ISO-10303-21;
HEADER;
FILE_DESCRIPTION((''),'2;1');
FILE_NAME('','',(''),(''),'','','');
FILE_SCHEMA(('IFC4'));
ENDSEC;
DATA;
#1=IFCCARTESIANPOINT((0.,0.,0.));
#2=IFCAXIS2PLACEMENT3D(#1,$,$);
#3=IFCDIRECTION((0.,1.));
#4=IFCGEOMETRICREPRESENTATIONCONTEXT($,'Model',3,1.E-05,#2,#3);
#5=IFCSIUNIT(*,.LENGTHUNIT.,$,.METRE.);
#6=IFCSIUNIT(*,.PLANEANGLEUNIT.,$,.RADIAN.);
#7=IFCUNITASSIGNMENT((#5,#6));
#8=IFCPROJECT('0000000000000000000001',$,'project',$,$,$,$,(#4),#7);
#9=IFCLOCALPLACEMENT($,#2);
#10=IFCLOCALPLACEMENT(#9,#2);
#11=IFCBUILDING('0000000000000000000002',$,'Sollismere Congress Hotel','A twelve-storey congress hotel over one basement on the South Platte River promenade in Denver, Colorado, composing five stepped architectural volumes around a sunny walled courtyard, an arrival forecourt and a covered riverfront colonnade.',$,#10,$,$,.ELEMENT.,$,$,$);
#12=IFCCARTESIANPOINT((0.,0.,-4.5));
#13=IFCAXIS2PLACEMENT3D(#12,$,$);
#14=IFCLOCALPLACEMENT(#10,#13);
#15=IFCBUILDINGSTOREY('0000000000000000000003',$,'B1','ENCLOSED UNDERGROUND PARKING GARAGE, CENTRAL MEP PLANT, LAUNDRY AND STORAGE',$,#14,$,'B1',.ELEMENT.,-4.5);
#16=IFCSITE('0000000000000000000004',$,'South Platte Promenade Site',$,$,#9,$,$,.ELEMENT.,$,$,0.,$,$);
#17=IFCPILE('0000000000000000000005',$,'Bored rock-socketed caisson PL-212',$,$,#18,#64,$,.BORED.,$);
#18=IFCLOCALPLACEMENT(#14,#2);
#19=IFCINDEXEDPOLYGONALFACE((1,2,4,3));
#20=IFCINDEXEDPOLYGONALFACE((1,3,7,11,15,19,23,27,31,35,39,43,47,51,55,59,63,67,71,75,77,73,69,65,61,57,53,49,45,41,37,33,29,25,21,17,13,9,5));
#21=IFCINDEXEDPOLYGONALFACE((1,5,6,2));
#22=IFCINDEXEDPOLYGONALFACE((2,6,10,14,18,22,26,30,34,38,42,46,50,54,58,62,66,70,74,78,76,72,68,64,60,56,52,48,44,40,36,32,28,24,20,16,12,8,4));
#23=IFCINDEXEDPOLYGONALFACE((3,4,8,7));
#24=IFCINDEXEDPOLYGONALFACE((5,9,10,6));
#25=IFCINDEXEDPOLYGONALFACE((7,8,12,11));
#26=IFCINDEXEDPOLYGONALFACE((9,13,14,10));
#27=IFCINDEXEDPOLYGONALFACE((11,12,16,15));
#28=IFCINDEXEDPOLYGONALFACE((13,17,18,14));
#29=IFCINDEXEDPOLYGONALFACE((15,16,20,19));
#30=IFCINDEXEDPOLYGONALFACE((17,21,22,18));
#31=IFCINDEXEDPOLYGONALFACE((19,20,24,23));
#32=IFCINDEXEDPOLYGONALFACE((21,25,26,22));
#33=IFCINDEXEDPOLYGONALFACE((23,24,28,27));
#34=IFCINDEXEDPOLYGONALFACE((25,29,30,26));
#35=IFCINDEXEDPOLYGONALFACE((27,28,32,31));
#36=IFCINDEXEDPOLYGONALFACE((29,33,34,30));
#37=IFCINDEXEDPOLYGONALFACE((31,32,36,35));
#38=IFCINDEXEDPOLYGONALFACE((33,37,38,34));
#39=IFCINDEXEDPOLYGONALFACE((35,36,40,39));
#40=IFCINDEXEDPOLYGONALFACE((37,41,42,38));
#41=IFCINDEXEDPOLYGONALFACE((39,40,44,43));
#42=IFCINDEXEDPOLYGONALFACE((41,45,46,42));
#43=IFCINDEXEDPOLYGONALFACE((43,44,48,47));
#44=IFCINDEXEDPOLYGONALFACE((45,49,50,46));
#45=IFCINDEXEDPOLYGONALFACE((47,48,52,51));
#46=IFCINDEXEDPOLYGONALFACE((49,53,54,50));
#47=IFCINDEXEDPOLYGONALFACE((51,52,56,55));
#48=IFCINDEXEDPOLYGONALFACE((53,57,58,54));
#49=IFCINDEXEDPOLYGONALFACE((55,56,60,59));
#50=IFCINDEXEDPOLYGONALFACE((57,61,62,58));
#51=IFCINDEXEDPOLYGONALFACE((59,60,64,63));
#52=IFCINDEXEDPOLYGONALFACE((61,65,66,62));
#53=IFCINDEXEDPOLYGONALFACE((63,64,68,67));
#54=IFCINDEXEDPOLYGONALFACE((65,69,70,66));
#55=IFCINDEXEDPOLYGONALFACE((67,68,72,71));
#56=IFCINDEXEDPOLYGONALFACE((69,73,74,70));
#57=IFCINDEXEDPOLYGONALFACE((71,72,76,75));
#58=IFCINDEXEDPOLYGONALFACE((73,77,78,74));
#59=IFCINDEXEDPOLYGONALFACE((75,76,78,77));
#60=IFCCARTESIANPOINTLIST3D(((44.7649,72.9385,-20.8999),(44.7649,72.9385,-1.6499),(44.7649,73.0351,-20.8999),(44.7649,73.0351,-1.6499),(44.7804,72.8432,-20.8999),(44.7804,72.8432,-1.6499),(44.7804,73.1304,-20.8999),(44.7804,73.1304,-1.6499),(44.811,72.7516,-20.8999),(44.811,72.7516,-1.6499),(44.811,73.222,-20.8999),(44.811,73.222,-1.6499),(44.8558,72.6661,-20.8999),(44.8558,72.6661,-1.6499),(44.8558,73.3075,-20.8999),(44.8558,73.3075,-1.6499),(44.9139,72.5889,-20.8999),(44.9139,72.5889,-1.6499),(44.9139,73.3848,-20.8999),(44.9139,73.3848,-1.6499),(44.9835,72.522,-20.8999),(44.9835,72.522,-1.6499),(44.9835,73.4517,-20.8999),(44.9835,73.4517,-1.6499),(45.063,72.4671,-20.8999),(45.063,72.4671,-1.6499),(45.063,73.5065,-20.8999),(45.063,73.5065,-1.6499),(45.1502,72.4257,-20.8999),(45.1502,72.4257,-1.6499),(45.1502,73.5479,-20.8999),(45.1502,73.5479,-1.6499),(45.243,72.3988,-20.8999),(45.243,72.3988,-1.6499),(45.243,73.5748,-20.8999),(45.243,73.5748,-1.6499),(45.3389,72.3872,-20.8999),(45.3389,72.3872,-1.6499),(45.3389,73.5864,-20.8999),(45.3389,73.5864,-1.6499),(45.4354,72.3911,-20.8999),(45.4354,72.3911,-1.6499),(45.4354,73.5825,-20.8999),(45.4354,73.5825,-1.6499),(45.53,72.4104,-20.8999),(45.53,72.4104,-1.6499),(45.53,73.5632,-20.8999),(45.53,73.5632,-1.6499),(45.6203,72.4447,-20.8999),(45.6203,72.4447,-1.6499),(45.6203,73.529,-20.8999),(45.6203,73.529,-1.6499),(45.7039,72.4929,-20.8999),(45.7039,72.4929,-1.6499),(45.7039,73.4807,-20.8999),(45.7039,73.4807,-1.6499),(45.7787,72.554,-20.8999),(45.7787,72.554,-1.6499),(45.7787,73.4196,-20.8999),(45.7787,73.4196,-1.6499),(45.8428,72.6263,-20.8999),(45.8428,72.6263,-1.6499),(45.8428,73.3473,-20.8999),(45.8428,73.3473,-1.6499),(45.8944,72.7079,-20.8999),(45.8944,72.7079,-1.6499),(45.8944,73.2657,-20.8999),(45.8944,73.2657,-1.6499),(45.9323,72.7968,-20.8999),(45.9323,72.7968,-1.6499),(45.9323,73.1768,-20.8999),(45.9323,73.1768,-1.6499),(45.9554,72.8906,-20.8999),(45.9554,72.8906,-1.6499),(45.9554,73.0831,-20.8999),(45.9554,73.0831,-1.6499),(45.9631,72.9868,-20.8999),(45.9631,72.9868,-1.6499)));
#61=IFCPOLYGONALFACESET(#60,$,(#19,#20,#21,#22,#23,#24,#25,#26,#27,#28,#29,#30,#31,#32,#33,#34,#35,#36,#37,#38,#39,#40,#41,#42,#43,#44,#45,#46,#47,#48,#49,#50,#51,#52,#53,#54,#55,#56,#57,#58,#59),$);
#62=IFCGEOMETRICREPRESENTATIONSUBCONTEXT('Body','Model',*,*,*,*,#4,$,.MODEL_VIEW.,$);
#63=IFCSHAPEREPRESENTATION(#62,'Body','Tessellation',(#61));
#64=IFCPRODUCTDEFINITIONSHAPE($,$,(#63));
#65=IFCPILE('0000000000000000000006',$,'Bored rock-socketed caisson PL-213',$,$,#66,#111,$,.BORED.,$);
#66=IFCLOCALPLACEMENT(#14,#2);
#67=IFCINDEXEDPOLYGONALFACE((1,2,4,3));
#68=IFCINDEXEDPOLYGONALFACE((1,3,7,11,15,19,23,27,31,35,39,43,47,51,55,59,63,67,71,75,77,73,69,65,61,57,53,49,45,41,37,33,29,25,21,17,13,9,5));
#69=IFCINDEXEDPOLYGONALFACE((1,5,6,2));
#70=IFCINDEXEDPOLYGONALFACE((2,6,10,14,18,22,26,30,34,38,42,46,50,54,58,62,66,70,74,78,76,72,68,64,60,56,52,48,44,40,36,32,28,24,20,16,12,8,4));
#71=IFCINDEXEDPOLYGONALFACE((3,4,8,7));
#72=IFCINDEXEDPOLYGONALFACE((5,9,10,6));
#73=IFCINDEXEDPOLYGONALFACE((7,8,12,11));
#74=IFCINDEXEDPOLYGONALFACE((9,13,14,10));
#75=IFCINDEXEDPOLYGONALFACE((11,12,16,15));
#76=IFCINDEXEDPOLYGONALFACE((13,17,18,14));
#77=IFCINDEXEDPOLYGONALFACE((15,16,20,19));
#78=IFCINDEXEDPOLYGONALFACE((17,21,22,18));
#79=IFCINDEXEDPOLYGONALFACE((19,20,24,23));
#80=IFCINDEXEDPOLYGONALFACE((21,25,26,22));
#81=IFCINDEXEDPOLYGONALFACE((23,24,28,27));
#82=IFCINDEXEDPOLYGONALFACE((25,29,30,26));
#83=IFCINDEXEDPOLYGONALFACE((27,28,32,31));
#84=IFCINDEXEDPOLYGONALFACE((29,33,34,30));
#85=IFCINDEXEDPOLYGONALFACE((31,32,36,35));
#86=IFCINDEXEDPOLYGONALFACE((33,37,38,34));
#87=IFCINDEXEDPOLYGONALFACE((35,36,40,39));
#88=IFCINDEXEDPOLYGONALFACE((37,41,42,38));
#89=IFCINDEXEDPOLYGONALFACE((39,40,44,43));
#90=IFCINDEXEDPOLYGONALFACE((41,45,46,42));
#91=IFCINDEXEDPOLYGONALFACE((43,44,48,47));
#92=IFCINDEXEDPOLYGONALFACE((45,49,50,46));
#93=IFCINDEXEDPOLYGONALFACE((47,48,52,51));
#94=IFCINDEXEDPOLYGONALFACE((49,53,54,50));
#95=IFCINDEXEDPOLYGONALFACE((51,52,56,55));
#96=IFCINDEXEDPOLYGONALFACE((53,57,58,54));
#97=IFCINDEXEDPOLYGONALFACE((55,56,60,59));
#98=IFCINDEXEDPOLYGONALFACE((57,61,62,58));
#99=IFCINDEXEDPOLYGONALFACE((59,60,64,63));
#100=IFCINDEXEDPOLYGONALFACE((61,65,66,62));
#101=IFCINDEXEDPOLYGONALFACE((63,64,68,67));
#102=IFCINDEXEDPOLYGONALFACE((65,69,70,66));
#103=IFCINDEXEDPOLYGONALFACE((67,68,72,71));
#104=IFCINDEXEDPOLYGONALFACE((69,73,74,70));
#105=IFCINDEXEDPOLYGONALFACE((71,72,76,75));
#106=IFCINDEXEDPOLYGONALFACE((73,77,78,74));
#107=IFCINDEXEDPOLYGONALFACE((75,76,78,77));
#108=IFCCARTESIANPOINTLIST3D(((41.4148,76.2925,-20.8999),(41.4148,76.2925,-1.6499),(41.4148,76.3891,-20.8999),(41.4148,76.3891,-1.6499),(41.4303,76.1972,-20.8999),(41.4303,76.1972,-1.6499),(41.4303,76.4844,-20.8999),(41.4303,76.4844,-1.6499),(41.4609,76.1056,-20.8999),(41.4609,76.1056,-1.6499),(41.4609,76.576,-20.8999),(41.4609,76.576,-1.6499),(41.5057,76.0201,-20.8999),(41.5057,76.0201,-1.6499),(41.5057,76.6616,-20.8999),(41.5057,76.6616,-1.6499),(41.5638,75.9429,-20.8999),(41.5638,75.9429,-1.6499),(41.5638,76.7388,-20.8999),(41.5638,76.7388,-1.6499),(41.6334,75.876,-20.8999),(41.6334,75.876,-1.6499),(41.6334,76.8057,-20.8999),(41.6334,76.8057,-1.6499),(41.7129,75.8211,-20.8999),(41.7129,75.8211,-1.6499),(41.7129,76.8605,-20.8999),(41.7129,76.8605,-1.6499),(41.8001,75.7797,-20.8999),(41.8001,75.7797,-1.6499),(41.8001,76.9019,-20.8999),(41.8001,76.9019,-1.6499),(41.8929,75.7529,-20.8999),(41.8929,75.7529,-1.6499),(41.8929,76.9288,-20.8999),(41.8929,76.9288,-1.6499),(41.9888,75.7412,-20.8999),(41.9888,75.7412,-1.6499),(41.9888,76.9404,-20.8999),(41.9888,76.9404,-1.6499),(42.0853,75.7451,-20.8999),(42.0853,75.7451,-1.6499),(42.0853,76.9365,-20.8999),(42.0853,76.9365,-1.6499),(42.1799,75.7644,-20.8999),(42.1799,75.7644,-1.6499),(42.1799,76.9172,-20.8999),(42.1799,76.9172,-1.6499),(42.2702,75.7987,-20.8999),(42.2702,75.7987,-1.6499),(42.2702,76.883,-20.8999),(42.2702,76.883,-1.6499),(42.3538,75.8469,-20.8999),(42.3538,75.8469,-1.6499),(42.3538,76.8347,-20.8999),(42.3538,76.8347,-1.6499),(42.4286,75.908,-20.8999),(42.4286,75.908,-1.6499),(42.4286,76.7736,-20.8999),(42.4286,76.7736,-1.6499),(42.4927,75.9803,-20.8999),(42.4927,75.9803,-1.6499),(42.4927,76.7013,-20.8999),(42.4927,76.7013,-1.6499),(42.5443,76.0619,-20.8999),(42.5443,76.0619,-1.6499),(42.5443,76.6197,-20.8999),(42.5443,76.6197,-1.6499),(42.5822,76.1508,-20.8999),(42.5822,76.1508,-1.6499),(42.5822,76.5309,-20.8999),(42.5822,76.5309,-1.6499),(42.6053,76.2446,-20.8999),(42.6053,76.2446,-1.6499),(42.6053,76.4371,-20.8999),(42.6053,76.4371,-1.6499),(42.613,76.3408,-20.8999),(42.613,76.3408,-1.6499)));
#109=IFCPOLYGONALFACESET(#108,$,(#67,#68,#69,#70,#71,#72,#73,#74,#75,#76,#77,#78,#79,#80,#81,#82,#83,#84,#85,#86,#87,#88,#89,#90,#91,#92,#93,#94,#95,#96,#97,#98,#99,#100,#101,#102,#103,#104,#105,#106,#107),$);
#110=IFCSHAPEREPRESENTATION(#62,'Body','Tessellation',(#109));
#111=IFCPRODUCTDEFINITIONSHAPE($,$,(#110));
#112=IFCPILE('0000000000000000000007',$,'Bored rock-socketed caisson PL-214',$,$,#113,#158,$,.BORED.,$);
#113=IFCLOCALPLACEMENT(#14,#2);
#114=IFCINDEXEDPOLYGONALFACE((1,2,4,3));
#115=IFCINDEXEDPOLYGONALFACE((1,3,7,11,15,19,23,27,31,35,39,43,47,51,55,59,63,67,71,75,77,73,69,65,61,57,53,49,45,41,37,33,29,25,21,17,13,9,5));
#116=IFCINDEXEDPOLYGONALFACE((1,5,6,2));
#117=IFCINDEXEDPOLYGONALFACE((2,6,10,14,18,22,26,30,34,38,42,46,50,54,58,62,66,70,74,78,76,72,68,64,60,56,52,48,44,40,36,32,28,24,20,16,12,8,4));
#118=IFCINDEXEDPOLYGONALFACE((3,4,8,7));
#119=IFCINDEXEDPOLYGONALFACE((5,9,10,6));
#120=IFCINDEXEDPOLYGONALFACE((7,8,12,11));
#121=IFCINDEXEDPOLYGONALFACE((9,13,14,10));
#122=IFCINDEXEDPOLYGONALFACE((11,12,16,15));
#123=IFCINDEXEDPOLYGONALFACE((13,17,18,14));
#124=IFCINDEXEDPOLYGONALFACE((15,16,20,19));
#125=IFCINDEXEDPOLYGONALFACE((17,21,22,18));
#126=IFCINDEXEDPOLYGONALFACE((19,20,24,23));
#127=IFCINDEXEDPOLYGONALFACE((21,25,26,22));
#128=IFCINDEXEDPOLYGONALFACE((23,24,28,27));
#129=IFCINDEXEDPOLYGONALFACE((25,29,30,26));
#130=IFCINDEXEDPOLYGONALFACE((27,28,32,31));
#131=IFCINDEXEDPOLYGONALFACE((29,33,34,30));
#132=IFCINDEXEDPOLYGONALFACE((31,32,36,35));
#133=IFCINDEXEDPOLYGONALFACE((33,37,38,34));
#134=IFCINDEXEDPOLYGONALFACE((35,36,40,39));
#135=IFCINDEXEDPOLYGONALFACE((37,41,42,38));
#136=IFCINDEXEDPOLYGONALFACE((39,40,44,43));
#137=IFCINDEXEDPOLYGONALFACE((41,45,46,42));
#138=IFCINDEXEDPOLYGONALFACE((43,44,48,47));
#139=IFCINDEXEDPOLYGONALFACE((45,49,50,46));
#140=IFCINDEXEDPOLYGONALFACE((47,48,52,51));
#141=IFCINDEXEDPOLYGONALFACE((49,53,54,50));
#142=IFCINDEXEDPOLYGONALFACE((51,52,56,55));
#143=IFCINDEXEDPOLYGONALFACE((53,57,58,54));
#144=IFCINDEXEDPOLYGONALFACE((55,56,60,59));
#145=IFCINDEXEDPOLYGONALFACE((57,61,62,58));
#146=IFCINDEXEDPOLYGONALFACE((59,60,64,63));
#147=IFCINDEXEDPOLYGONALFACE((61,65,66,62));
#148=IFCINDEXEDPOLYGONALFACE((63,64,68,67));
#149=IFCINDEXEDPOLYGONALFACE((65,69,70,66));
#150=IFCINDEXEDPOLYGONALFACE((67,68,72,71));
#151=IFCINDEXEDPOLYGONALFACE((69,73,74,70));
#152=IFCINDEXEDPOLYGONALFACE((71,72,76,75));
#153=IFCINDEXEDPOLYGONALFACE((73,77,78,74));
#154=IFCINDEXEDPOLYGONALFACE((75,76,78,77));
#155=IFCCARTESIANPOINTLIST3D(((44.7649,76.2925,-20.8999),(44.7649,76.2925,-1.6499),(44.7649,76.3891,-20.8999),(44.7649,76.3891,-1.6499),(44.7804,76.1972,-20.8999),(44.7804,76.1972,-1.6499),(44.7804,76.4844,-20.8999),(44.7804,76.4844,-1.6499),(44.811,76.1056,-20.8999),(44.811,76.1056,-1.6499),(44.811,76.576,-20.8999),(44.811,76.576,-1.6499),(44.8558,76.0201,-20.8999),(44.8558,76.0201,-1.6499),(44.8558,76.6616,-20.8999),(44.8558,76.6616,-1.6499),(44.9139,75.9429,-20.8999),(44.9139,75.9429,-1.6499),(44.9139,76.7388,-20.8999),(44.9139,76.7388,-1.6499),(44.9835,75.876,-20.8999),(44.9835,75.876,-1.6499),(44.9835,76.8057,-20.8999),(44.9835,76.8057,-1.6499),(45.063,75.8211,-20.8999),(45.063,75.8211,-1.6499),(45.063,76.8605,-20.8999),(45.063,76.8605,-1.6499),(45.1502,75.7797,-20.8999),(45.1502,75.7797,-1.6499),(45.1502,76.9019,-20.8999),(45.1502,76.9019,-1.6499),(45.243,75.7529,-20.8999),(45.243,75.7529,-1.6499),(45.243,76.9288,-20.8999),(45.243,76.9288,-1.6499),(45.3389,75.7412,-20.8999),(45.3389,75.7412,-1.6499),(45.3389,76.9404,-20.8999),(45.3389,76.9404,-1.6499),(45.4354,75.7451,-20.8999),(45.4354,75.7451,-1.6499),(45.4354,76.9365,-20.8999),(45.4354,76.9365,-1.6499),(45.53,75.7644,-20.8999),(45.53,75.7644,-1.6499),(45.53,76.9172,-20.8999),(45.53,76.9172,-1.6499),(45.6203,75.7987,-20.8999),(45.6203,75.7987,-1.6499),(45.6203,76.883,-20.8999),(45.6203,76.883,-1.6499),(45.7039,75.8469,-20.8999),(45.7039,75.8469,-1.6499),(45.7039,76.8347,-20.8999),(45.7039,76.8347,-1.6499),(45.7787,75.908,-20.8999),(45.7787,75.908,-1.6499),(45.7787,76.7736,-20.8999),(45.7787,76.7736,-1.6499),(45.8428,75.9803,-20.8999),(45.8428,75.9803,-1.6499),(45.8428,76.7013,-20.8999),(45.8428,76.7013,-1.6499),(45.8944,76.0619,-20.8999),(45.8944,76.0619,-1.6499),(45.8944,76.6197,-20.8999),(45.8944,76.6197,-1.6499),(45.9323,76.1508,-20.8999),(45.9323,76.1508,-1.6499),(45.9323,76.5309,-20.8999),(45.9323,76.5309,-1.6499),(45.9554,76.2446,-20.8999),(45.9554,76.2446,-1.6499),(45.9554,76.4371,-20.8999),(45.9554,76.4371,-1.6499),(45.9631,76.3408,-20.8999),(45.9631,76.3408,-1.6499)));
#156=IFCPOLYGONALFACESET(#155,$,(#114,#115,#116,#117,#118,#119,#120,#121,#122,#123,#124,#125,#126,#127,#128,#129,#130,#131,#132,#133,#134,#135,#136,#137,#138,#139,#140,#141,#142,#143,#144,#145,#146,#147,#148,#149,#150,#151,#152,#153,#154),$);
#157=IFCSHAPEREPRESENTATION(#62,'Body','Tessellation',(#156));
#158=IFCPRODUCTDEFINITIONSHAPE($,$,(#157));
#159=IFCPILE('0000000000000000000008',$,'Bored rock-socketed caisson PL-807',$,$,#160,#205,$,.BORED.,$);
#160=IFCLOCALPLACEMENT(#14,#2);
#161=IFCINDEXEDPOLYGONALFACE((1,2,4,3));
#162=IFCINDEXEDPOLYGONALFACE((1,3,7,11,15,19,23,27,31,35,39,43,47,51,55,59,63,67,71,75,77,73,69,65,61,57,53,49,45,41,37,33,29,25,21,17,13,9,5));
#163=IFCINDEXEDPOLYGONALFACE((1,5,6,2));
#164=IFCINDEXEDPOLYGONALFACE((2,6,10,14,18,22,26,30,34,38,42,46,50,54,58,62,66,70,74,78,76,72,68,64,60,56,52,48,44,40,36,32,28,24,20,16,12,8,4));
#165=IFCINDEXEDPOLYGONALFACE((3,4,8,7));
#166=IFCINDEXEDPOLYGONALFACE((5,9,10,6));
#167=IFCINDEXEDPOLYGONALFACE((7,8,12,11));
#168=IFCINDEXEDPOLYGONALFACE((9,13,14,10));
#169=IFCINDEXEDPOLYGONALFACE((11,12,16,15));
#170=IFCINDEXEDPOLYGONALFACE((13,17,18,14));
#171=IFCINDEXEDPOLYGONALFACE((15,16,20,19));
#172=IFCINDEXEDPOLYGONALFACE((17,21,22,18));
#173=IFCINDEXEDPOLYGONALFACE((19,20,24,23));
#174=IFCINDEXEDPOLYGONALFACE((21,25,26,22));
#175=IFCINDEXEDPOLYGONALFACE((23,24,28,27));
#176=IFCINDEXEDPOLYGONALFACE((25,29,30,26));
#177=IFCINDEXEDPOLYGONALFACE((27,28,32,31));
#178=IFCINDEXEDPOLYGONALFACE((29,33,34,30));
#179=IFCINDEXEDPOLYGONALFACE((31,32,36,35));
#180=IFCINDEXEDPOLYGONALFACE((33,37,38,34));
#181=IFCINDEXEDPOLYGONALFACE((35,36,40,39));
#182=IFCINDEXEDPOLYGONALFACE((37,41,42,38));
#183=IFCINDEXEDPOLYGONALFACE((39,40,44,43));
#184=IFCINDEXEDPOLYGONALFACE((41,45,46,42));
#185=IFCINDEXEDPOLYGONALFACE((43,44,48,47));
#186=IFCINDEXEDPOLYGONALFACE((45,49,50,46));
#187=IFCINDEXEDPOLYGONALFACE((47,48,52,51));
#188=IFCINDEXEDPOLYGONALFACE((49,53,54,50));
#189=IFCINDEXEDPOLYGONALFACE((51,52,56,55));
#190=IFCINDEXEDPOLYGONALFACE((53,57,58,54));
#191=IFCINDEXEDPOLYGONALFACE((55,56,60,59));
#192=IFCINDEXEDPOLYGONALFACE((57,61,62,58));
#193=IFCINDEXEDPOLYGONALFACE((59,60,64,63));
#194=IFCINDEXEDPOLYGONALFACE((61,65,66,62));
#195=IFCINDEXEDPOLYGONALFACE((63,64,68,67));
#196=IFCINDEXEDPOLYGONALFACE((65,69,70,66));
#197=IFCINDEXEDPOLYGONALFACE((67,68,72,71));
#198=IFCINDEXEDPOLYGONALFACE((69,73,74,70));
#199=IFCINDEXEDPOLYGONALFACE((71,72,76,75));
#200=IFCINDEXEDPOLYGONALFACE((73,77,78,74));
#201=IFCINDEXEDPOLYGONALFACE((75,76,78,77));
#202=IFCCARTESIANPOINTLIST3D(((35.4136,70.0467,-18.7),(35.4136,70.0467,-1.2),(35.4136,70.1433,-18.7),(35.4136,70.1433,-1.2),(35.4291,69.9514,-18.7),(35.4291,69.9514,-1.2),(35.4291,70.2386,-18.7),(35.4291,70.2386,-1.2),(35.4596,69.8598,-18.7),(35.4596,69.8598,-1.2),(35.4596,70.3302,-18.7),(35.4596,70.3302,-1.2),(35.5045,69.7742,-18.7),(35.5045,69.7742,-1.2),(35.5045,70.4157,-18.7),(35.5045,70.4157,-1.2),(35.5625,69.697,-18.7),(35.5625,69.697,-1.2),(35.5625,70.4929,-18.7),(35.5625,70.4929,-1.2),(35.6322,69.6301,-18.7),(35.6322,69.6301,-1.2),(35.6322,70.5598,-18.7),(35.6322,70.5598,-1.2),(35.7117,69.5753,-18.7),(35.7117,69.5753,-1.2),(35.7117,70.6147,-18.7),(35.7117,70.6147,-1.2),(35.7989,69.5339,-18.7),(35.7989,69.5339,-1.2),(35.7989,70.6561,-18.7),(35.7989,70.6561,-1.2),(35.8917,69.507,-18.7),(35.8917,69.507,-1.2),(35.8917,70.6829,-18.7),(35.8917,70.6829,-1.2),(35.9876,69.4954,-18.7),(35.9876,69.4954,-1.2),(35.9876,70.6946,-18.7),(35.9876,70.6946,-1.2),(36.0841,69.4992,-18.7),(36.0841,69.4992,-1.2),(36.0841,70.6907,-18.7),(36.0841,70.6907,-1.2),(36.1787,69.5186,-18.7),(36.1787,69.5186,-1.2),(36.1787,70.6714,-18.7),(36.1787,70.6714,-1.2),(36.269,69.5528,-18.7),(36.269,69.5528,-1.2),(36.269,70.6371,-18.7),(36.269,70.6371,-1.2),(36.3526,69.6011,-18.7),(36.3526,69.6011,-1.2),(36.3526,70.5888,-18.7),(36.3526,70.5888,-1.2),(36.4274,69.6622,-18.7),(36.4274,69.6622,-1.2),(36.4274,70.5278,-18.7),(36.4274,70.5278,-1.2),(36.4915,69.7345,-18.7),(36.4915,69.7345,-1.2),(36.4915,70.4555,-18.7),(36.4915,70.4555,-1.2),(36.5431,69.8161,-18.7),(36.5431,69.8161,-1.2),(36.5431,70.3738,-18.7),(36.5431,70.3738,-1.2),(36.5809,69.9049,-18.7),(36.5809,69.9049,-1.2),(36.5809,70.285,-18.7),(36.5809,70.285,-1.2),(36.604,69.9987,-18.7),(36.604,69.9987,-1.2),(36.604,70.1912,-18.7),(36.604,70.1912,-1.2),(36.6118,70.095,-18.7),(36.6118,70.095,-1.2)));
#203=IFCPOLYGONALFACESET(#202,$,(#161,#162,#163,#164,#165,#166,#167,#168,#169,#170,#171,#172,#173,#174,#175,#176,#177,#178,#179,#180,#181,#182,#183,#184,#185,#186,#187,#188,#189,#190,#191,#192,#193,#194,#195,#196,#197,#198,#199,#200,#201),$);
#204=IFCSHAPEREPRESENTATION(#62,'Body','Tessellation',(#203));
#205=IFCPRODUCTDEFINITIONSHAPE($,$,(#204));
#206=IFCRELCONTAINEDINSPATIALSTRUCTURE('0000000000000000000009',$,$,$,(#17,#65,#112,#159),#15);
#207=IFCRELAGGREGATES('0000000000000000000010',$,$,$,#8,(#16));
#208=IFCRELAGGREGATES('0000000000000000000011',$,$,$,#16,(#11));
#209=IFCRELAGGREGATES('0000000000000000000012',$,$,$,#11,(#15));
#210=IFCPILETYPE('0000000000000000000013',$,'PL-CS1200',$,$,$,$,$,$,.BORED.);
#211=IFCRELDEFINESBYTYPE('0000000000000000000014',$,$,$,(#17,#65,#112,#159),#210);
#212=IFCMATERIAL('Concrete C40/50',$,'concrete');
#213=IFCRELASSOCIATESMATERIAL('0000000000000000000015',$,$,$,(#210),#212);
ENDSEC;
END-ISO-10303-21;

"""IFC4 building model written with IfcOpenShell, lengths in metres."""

from ifc_helpers import new_model, si_unit, direction, frame, origin, origin_2d, place, context, subcontext, project, spatial, circle, extrude, material, material_profile, profile_set, type_object, element, save


model = new_model("IFC4")

# Units and contexts
model_context = context("Model", 3, precision=1e-05, world=origin(), true_north=direction((0.0, 1.0)))
body_context = subcontext(model_context, "Body", "Model", "MODEL_VIEW")
ifc_project = project(units=[si_unit("LENGTHUNIT", "METRE"), si_unit("PLANEANGLEUNIT", "RADIAN")], contexts=[model_context])

# Site, building, storey
site_placement = place(None, origin())
site = spatial("IfcSite", under=ifc_project, at=site_placement, Name="South Platte Promenade Site", CompositionType="ELEMENT", RefElevation=0.0)
building_placement = place(site_placement, origin())
building = spatial("IfcBuilding", under=site, at=building_placement, Name="Sollismere Congress Hotel", Description="A twelve-storey congress hotel over one basement on the South Platte River promenade in Denver, Colorado, composing five stepped architectural volumes around a sunny walled courtyard, an arrival forecourt and a covered riverfront colonnade.", CompositionType="ELEMENT")
storey_placement = place(building_placement, frame((0.0, 0.0, -4.5)))
storey = spatial("IfcBuildingStorey", under=building, at=storey_placement, Name="B1", Description="ENCLOSED UNDERGROUND PARKING GARAGE, CENTRAL MEP PLANT, LAUNDRY AND STORAGE", LongName="B1", CompositionType="ELEMENT", Elevation=-4.5)

# Shared definitions
ifc_material_1 = material(Name="Concrete C40/50", Category="concrete")

# Piles
ifc_material_profile_1 = material_profile(ifc_material_1, circle(Radius=0.6001, at=origin_2d()), Name="CAISSON1200")
ifc_profile_set_1 = profile_set([ifc_material_profile_1], Name="Concrete C40/50")
pile_type = type_object("IfcPileType", Name="PL-CS1200", PredefinedType="BORED", material=ifc_profile_set_1)
for number, where, z_axis, x_axis, name in (
    (1, (45.363, 72.9868, -1.6499), (0.0, 0.0, -1.0), (1.0, 0.0, 0.0), "Bored rock-socketed caisson PL-212"),
    (2, (42.0129, 76.3408, -1.6499), (0.0, 0.0, -1.0), (1.0, 0.0, 0.0), "Bored rock-socketed caisson PL-213"),
    (3, (45.363, 76.3408, -1.6499), (0.0, 0.0, -1.0), (1.0, 0.0, 0.0), "Bored rock-socketed caisson PL-214"),
):
    element("IfcPile", number, at=place(storey_placement, frame(where, z_axis=z_axis, x_axis=x_axis)), inside=storey, type_object=pile_type, Name=name, PredefinedType="BORED", context=body_context, shape_type="SweptSolid", body=[
        extrude(circle(Radius=0.6001, at=origin_2d()), origin(), (0.0, 0.0, 1.0), 19.25),
    ])
for number, where, z_axis, x_axis, name in (
    (4, (36.0117, 70.095, -1.2), (0.0, 0.0, -1.0), (1.0, 0.0, 0.0), "Bored rock-socketed caisson PL-807"),
):
    element("IfcPile", number, at=place(storey_placement, frame(where, z_axis=z_axis, x_axis=x_axis)), inside=storey, type_object=pile_type, Name=name, PredefinedType="BORED", context=body_context, shape_type="SweptSolid", body=[
        extrude(circle(Radius=0.6001, at=origin_2d()), origin(), (0.0, 0.0, 1.0), 17.5),
    ])

save(model, "model.ifc")
